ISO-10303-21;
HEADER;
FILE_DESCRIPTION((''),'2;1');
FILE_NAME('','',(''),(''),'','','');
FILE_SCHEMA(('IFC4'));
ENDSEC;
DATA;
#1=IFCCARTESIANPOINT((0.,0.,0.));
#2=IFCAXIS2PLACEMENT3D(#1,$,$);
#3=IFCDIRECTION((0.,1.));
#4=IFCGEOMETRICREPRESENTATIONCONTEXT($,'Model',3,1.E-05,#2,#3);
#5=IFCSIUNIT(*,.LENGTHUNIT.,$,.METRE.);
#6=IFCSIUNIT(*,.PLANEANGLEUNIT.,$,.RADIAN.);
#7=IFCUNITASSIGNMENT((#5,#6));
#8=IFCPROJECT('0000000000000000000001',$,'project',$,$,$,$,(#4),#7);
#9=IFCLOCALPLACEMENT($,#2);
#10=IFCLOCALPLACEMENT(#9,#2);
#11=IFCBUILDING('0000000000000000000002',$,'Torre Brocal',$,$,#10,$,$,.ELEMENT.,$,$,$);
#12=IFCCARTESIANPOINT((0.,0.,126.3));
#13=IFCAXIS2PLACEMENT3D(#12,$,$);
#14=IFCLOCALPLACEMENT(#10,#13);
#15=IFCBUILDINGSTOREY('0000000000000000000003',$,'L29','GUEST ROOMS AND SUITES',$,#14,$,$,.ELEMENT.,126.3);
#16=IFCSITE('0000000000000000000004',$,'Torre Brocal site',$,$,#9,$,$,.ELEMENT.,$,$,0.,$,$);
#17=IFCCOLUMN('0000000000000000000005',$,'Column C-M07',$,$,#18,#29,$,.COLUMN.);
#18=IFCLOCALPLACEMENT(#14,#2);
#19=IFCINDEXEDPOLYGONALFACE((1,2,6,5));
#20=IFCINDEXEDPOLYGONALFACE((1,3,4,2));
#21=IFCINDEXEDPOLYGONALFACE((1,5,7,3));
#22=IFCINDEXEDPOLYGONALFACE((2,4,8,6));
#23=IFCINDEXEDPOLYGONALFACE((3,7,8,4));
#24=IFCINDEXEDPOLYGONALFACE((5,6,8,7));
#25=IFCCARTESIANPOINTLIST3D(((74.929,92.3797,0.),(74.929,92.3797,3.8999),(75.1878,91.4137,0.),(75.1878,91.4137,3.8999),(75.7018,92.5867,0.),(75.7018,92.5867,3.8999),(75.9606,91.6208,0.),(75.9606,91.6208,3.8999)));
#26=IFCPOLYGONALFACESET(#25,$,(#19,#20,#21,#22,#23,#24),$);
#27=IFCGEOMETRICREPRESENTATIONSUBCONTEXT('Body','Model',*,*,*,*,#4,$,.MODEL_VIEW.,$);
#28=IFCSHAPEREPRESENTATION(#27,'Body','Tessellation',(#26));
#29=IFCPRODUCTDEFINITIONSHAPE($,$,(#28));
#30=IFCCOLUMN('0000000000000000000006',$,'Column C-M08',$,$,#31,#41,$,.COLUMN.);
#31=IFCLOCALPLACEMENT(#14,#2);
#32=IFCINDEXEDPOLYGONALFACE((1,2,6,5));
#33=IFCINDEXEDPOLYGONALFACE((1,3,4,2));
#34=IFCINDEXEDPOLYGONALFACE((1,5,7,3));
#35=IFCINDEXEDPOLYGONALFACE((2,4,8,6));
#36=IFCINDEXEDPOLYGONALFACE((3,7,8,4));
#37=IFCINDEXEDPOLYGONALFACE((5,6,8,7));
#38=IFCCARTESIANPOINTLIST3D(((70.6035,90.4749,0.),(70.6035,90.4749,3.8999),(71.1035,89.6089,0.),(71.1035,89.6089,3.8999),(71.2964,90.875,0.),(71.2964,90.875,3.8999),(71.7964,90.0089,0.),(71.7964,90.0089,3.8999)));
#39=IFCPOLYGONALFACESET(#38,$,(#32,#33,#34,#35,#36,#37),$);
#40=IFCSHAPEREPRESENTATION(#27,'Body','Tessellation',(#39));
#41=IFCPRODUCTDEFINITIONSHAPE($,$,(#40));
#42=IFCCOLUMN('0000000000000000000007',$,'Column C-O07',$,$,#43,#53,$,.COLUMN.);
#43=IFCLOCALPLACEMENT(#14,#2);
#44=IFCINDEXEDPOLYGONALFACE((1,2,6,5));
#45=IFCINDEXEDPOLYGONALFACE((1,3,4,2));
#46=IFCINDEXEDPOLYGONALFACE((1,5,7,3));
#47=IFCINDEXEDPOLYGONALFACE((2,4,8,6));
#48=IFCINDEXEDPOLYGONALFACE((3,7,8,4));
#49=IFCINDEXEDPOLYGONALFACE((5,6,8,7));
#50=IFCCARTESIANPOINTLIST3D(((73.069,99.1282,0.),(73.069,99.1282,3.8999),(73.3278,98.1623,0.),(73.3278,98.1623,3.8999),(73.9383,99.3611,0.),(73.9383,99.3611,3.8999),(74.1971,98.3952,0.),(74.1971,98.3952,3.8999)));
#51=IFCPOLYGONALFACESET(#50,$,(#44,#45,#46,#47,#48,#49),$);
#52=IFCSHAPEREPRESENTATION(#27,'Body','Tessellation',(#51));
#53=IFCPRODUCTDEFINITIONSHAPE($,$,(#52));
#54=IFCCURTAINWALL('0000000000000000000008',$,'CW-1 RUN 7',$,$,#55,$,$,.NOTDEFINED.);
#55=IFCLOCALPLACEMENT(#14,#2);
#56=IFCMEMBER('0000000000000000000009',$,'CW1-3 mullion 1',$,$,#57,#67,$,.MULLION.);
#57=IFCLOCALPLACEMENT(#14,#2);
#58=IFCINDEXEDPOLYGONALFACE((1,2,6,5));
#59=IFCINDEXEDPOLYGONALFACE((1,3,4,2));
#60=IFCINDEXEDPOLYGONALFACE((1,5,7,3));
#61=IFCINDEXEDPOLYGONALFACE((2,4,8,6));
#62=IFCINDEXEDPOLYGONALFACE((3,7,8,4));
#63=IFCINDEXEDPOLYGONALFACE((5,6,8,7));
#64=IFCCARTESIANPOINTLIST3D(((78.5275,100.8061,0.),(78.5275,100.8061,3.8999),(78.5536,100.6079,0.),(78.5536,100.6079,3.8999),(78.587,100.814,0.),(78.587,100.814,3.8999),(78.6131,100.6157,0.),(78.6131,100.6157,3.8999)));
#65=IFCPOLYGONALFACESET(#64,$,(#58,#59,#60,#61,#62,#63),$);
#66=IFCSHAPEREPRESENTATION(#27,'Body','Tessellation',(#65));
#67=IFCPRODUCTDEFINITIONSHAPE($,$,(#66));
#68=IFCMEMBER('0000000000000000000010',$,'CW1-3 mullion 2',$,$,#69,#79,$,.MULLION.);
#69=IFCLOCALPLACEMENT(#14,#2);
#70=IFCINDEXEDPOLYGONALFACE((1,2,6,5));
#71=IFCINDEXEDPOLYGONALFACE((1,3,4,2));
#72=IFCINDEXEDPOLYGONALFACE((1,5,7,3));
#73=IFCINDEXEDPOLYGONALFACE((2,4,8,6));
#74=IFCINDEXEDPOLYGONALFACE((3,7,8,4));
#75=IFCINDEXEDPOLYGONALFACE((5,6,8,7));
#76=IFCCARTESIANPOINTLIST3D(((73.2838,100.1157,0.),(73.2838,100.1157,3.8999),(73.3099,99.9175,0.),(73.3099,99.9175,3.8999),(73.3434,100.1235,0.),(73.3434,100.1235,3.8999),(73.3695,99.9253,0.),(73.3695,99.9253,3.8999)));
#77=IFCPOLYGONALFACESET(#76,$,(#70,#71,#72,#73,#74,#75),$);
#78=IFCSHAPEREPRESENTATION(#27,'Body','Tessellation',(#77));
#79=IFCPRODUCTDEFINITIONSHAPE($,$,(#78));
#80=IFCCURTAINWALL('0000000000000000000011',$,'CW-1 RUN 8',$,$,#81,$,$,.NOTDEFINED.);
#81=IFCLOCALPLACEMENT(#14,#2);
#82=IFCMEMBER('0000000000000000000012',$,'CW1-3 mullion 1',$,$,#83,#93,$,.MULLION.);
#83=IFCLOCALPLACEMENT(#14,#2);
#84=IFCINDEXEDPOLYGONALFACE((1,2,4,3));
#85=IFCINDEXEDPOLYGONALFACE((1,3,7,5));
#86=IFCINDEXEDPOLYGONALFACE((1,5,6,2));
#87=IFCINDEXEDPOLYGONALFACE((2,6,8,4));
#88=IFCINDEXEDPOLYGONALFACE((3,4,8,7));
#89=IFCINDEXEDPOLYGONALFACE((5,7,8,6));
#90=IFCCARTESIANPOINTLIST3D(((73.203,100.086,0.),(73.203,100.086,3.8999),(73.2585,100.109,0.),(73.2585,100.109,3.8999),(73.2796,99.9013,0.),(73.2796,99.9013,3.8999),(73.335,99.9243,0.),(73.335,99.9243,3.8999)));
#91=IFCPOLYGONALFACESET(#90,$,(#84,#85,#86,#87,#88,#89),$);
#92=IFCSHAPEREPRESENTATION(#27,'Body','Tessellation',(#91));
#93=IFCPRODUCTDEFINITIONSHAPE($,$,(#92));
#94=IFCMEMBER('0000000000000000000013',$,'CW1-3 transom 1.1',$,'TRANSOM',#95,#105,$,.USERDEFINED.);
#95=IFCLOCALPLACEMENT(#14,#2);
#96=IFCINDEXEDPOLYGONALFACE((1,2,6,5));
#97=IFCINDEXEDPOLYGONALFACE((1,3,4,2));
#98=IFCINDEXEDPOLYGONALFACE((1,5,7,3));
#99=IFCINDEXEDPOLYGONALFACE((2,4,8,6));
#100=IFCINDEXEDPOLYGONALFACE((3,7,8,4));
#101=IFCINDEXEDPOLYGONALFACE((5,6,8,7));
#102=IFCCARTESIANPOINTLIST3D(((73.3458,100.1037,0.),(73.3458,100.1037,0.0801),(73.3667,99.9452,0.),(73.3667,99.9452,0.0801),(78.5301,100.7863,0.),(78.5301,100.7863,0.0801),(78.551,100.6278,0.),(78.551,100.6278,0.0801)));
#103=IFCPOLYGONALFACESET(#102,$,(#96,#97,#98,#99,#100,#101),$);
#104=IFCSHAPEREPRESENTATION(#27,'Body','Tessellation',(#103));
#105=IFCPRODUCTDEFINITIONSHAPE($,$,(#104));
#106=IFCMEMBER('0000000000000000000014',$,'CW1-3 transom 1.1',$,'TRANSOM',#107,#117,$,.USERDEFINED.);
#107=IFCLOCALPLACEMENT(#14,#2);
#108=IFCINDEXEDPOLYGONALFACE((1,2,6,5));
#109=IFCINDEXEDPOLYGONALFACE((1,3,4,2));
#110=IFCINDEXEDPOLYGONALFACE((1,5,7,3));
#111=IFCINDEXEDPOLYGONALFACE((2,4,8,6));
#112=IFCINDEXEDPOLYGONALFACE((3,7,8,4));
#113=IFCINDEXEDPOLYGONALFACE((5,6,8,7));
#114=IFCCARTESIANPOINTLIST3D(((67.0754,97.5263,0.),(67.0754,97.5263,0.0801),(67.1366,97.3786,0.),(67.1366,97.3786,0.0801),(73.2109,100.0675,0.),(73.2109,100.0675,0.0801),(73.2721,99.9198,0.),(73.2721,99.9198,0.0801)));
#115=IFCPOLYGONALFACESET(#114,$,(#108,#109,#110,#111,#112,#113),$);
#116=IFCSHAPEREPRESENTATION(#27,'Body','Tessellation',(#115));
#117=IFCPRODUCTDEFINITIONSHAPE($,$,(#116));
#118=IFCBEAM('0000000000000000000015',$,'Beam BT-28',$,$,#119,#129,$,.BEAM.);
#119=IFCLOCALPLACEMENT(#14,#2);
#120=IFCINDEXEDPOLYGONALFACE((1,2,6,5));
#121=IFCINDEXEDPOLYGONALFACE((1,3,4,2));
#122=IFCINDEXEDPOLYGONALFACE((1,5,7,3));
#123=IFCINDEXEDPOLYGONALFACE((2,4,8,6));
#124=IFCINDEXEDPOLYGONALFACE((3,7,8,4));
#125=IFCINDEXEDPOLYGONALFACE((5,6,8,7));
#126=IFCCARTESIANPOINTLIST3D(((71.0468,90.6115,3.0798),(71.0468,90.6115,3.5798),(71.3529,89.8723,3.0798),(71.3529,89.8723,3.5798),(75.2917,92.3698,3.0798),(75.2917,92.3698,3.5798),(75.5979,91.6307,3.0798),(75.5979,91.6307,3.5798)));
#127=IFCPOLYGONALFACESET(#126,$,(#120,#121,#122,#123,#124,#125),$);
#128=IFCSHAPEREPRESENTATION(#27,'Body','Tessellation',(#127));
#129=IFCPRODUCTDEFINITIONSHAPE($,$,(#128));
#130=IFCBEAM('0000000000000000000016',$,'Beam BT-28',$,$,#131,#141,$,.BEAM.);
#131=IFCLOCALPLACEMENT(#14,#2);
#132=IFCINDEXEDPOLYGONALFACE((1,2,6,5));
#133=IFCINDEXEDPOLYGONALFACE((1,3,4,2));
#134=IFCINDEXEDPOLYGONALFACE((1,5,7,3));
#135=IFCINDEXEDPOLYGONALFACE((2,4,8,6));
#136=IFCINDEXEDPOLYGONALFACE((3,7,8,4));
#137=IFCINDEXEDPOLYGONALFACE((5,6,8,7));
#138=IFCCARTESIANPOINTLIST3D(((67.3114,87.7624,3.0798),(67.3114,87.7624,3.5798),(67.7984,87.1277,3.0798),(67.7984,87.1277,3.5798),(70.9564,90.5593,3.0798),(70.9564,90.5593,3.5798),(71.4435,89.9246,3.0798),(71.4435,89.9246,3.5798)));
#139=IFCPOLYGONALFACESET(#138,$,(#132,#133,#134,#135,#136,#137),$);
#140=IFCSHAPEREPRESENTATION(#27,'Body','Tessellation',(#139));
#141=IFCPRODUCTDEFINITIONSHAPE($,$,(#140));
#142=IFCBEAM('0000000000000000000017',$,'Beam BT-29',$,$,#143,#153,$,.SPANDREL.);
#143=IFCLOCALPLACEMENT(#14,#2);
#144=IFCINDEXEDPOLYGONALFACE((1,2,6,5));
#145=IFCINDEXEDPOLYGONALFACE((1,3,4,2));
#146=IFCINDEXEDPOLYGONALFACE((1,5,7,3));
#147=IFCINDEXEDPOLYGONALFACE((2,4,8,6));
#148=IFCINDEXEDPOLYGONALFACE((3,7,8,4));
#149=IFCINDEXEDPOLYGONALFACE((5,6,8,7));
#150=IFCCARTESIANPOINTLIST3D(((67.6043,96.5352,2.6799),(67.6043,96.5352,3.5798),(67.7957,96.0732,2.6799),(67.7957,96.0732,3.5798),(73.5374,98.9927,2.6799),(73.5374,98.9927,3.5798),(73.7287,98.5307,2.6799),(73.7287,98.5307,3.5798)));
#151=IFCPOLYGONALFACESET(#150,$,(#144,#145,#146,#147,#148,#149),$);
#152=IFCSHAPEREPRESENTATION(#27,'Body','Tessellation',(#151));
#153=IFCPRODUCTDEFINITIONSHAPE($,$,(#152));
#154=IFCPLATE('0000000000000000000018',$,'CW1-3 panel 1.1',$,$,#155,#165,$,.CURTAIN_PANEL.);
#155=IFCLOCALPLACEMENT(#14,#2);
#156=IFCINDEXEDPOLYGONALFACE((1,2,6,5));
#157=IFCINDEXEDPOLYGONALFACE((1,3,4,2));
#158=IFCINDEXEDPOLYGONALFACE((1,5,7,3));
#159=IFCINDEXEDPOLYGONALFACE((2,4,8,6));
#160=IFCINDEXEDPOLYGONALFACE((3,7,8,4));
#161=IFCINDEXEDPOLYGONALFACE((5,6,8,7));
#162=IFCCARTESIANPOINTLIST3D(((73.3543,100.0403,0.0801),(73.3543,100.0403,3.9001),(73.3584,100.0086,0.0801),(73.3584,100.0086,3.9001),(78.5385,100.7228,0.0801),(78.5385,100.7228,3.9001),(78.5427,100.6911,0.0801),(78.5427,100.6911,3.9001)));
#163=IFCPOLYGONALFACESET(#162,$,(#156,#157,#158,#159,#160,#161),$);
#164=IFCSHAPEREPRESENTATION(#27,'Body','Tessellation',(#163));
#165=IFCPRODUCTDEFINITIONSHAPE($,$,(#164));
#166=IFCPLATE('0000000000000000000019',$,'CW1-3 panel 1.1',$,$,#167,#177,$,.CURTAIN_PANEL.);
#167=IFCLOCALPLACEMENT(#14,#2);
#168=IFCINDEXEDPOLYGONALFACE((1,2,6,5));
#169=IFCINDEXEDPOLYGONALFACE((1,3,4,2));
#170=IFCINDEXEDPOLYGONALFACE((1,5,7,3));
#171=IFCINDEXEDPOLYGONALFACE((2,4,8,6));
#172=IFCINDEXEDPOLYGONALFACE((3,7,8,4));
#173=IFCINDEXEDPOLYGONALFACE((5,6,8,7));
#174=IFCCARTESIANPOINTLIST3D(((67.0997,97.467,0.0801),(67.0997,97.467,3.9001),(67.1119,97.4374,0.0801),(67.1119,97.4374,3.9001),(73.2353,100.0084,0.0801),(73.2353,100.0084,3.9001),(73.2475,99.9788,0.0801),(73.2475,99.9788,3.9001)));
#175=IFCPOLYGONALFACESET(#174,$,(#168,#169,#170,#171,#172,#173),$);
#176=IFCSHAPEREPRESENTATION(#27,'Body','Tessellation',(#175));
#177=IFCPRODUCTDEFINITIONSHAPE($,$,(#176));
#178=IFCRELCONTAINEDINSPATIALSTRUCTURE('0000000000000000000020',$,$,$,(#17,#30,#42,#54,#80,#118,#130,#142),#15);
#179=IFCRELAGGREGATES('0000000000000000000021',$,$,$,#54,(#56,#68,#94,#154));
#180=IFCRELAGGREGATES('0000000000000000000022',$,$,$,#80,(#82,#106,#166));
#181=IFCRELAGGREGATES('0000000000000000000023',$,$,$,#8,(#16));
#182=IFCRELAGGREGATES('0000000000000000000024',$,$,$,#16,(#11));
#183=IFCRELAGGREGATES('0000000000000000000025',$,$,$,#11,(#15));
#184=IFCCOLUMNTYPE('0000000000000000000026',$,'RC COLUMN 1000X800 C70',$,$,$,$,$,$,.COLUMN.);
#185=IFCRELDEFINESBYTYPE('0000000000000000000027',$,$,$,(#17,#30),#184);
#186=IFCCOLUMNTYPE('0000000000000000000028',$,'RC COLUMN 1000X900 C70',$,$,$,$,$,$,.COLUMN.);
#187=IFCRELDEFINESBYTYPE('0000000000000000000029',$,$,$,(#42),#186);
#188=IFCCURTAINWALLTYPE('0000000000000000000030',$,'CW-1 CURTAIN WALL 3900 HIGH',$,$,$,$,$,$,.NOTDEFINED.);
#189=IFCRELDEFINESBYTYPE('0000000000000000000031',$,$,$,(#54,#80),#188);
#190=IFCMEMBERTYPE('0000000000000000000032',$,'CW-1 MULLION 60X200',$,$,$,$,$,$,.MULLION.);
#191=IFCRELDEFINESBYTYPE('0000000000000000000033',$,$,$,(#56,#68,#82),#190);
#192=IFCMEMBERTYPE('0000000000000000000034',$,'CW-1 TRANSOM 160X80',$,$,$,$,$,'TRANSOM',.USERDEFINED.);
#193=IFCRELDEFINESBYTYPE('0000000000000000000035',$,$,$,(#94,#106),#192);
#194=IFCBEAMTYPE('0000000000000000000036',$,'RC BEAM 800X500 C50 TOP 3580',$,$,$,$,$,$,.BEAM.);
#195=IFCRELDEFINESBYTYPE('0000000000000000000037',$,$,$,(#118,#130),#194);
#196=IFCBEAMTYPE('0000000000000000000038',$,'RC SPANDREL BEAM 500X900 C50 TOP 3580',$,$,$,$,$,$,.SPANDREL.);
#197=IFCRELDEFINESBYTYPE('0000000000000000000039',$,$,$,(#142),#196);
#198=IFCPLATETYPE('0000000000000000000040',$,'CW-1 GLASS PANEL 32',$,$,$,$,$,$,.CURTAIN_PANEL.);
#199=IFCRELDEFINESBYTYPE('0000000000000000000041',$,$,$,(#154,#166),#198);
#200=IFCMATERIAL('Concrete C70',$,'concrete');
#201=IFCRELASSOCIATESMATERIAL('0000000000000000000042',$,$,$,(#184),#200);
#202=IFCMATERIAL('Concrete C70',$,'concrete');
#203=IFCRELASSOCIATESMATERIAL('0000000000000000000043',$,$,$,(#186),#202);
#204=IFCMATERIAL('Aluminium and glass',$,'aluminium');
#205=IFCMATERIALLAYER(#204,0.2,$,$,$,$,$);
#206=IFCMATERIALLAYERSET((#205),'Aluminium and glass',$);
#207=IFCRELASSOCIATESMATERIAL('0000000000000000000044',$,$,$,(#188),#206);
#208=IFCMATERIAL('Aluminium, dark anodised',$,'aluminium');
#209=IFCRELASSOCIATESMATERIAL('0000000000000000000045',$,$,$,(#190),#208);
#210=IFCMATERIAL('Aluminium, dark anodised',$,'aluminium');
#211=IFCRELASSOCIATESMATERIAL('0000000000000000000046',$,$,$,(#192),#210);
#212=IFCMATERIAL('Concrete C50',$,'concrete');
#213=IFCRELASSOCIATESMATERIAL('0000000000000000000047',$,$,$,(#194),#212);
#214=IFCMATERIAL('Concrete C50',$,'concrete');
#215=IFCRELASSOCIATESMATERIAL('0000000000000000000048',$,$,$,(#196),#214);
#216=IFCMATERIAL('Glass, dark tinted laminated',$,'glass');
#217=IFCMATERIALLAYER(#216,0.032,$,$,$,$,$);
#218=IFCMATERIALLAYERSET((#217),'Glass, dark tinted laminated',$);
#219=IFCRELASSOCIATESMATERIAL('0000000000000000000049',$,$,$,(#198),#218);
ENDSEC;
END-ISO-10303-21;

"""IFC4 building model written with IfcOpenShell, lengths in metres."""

from ifc_helpers import new_model, si_unit, direction, frame, origin, origin_2d, place, context, subcontext, project, spatial, rectangle, extrude, material, layer, layer_set, material_profile, profile_set, type_object, element, aggregate, save


model = new_model("IFC4")

# Units and contexts
model_context = context("Model", 3, precision=1e-05, world=origin(), true_north=direction((0.0, 1.0)))
body_context = subcontext(model_context, "Body", "Model", "MODEL_VIEW")
ifc_project = project(units=[si_unit("LENGTHUNIT", "METRE"), si_unit("PLANEANGLEUNIT", "RADIAN")], contexts=[model_context])

# Site, building, storey
site_placement = place(None, origin())
site = spatial("IfcSite", under=ifc_project, at=site_placement, Name="Torre Brocal site", CompositionType="ELEMENT", RefElevation=0.0)
building_placement = place(site_placement, origin())
building = spatial("IfcBuilding", under=site, at=building_placement, Name="Torre Brocal", CompositionType="ELEMENT")
storey_placement = place(building_placement, frame((0.0, 0.0, 126.3)))
storey = spatial("IfcBuildingStorey", under=building, at=storey_placement, Name="L29", Description="GUEST ROOMS AND SUITES", CompositionType="ELEMENT", Elevation=126.3)

# Columns
ifc_material_1 = material(Name="Concrete C70", Category="concrete")
ifc_material_profile_1 = material_profile(ifc_material_1, rectangle(XDim=1.0, YDim=0.8, at=origin_2d()), Name="RC 1000X800")
ifc_profile_set_1 = profile_set([ifc_material_profile_1], Name="Concrete C70")
column_type_1 = type_object("IfcColumnType", Name="RC COLUMN 1000X800 C70", PredefinedType="COLUMN", material=ifc_profile_set_1)
for number, where, z_axis, x_axis, name in (
    (1, (75.4448, 92.0002, 0.0), (0.0, 0.0, 1.0), (-0.258819, 0.965926, 0.0), "Column C-M07"),
    (2, (71.2, 90.2419, 0.0), (0.0, 0.0, 1.0), (-0.5, 0.866025, 0.0), "Column C-M08"),
):
    element("IfcColumn", number, at=place(storey_placement, frame(where, z_axis=z_axis, x_axis=x_axis)), inside=storey, type_object=column_type_1, Name=name, PredefinedType="COLUMN", context=body_context, shape_type="SweptSolid", body=[
        extrude(rectangle(XDim=1.0, YDim=0.8, at=origin_2d()), origin(), (0.0, 0.0, 1.0), 3.8999),
    ])
ifc_material_2 = material(Name="Concrete C70", Category="concrete")
ifc_material_profile_2 = material_profile(ifc_material_2, rectangle(XDim=1.0, YDim=0.8999, at=origin_2d()), Name="RC 1000X900")
ifc_profile_set_2 = profile_set([ifc_material_profile_2], Name="Concrete C70")
column_type_2 = type_object("IfcColumnType", Name="RC COLUMN 1000X900 C70", PredefinedType="COLUMN", material=ifc_profile_set_2)
column_placement = place(storey_placement, frame((73.6331, 98.7617, 0.0), z_axis=(0.0, 0.0, 1.0), x_axis=(-0.258819, 0.965926, 0.0)))
element("IfcColumn", 3, at=column_placement, inside=storey, type_object=column_type_2, Name="Column C-O07", PredefinedType="COLUMN", context=body_context, shape_type="SweptSolid", body=[
    extrude(rectangle(XDim=1.0, YDim=0.8999, at=origin_2d()), origin(), (0.0, 0.0, 1.0), 3.8999),
])

# Curtain wall, members
ifc_material_3 = material(Name="Aluminium and glass", Category="aluminium")
ifc_layer_1 = layer(ifc_material_3, 0.2)
ifc_layer_set_1 = layer_set([ifc_layer_1], Name="Aluminium and glass")
curtain_wall_type = type_object("IfcCurtainWallType", Name="CW-1 CURTAIN WALL 3900 HIGH", PredefinedType="NOTDEFINED", material=ifc_layer_set_1)
curtain_wall_1_placement = place(storey_placement, origin())
curtain_wall_1 = element("IfcCurtainWall", 4, at=curtain_wall_1_placement, inside=storey, type_object=curtain_wall_type, Name="CW-1 RUN 7", PredefinedType="NOTDEFINED")
ifc_material_4 = material(Name="Aluminium, dark anodised", Category="aluminium")
ifc_material_profile_3 = material_profile(ifc_material_4, rectangle(XDim=0.2, YDim=0.0601, at=origin_2d()), Name="CW-1 MULLION 60X200")
ifc_profile_set_3 = profile_set([ifc_material_profile_3], Name="Aluminium, dark anodised")
member_type_1 = type_object("IfcMemberType", Name="CW-1 MULLION 60X200", PredefinedType="MULLION", material=ifc_profile_set_3)
member_1_placement = place(storey_placement, frame((78.5703, 100.7109, 0.0), z_axis=(0.0, 0.0, 1.0), x_axis=(0.130526, -0.991445, 0.0)))
member_1 = element("IfcMember", 5, at=member_1_placement, type_object=member_type_1, Name="CW1-3 mullion 1", PredefinedType="MULLION", context=body_context, shape_type="SweptSolid", body=[
    extrude(rectangle(XDim=0.2, YDim=0.0601, at=origin_2d()), origin(), (0.0, 0.0, 1.0), 3.8999),
])
member_2_placement = place(storey_placement, frame((73.3267, 100.0205, 0.0), z_axis=(0.0, 0.0, 1.0), x_axis=(0.130526, -0.991445, 0.0)))
member_2 = element("IfcMember", 6, at=member_2_placement, type_object=member_type_1, Name="CW1-3 mullion 2", PredefinedType="MULLION", context=body_context, shape_type="SweptSolid", body=[
    extrude(rectangle(XDim=0.2, YDim=0.0601, at=origin_2d()), origin(), (0.0, 0.0, 1.0), 3.8999),
])

# Curtain wall, member
curtain_wall_2_placement = place(storey_placement, origin())
curtain_wall_2 = element("IfcCurtainWall", 7, at=curtain_wall_2_placement, inside=storey, type_object=curtain_wall_type, Name="CW-1 RUN 8", PredefinedType="NOTDEFINED")
member_3_placement = place(storey_placement, frame((73.269, 100.0051, 0.0), z_axis=(0.0, 0.0, 1.0), x_axis=(0.382683, -0.92388, 0.0)))
member_3 = element("IfcMember", 8, at=member_3_placement, type_object=member_type_1, Name="CW1-3 mullion 1", PredefinedType="MULLION", context=body_context, shape_type="SweptSolid", body=[
    extrude(rectangle(XDim=0.2, YDim=0.0601, at=origin_2d()), origin(), (0.0, 0.0, 1.0), 3.8999),
])

# Members
ifc_material_5 = material(Name="Aluminium, dark anodised", Category="aluminium")
ifc_material_profile_4 = material_profile(ifc_material_5, rectangle(XDim=0.1599, YDim=0.0801, at=origin_2d()), Name="CW-1 TRANSOM 160X80")
ifc_profile_set_4 = profile_set([ifc_material_profile_4], Name="Aluminium, dark anodised")
member_type_2 = type_object("IfcMemberType", Name="CW-1 TRANSOM 160X80", ElementType="TRANSOM", PredefinedType="USERDEFINED", material=ifc_profile_set_4)
member_4_placement = place(storey_placement, frame((78.5405, 100.707, 0.04), z_axis=(-0.991443, -0.130543, 0.0), x_axis=(0.130543, -0.991443, 0.0)))
member_4 = element("IfcMember", 9, at=member_4_placement, type_object=member_type_2, Name="CW1-3 transom 1.1", ObjectType="TRANSOM", PredefinedType="USERDEFINED", context=body_context, shape_type="SweptSolid", body=[
    extrude(rectangle(XDim=0.1599, YDim=0.0801, at=origin_2d()), origin(), (0.0, 0.0, 1.0), 5.229),
])
member_5_placement = place(storey_placement, frame((73.2415, 99.9937, 0.04), z_axis=(-0.923887, -0.382665, 0.0), x_axis=(0.382665, -0.923887, 0.0)))
member_5 = element("IfcMember", 10, at=member_5_placement, type_object=member_type_2, Name="CW1-3 transom 1.1", ObjectType="TRANSOM", PredefinedType="USERDEFINED", context=body_context, shape_type="SweptSolid", body=[
    extrude(rectangle(XDim=0.1599, YDim=0.0801, at=origin_2d()), origin(), (0.0, 0.0, 1.0), 6.6409),
])

# Beams
ifc_material_6 = material(Name="Concrete C50", Category="concrete")
ifc_material_profile_5 = material_profile(ifc_material_6, rectangle(XDim=0.8, YDim=0.5, at=origin_2d()), Name="RC 800X500")
ifc_profile_set_5 = profile_set([ifc_material_profile_5], Name="Concrete C50")
beam_type_1 = type_object("IfcBeamType", Name="RC BEAM 800X500 C50 TOP 3580", PredefinedType="BEAM", material=ifc_profile_set_5)
beam_1_placement = place(storey_placement, frame((75.4448, 92.0002, 3.3298), z_axis=(-0.923878, -0.382687, 0.0), x_axis=(0.382687, -0.923878, 0.0)))
element("IfcBeam", 11, at=beam_1_placement, inside=storey, type_object=beam_type_1, Name="Beam BT-28", PredefinedType="BEAM", context=body_context, shape_type="SweptSolid", body=[
    extrude(rectangle(XDim=0.8, YDim=0.5, at=origin_2d()), origin(), (0.0, 0.0, 1.0), 4.5947),
])
beam_2_placement = place(storey_placement, frame((71.2, 90.2419, 3.3298), z_axis=(-0.793358, -0.608755, 0.0), x_axis=(0.608755, -0.793358, 0.0)))
element("IfcBeam", 12, at=beam_2_placement, inside=storey, type_object=beam_type_1, Name="Beam BT-28", PredefinedType="BEAM", context=body_context, shape_type="SweptSolid", body=[
    extrude(rectangle(XDim=0.8, YDim=0.5, at=origin_2d()), origin(), (0.0, 0.0, 1.0), 4.5945),
])
ifc_material_7 = material(Name="Concrete C50", Category="concrete")
ifc_material_profile_6 = material_profile(ifc_material_7, rectangle(XDim=0.5, YDim=0.8999, at=origin_2d()), Name="RC 500X900")
ifc_profile_set_6 = profile_set([ifc_material_profile_6], Name="Concrete C50")
beam_type_2 = type_object("IfcBeamType", Name="RC SPANDREL BEAM 500X900 C50 TOP 3580", PredefinedType="SPANDREL", material=ifc_profile_set_6)
beam_3_placement = place(storey_placement, frame((73.6331, 98.7617, 3.1299), z_axis=(-0.923882, -0.382676, 0.0), x_axis=(0.382676, -0.923882, 0.0)))
element("IfcBeam", 13, at=beam_3_placement, inside=storey, type_object=beam_type_2, Name="Beam BT-29", PredefinedType="SPANDREL", context=body_context, shape_type="SweptSolid", body=[
    extrude(rectangle(XDim=0.5, YDim=0.8999, at=origin_2d()), origin(), (0.0, 0.0, 1.0), 6.4219),
])

# Plates
ifc_material_8 = material(Name="Glass, dark tinted laminated", Category="glass")
ifc_layer_2 = layer(ifc_material_8, 0.032)
ifc_layer_set_2 = layer_set([ifc_layer_2], Name="Glass, dark tinted laminated")
plate_type = type_object("IfcPlateType", Name="CW-1 GLASS PANEL 32", PredefinedType="CURTAIN_PANEL", material=ifc_layer_set_2)
plate_1_placement = place(storey_placement, frame((75.9485, 100.3657, 0.0801), z_axis=(0.0, 0.0, 1.0), x_axis=(-0.991445, -0.130526, 0.0)))
plate_1 = element("IfcPlate", 14, at=plate_1_placement, type_object=plate_type, Name="CW1-3 panel 1.1", PredefinedType="CURTAIN_PANEL", context=body_context, shape_type="SweptSolid", body=[
    extrude(rectangle(XDim=5.229, YDim=0.032, at=origin_2d()), origin(), (0.0, 0.0, 1.0), 3.8201),
])
aggregate(curtain_wall_1, [member_1, member_2, member_4, plate_1])
plate_2_placement = place(storey_placement, frame((70.1736, 98.7229, 0.0801), z_axis=(0.0, 0.0, 1.0), x_axis=(-0.92388, -0.382683, 0.0)))
plate_2 = element("IfcPlate", 15, at=plate_2_placement, type_object=plate_type, Name="CW1-3 panel 1.1", PredefinedType="CURTAIN_PANEL", context=body_context, shape_type="SweptSolid", body=[
    extrude(rectangle(XDim=6.6411, YDim=0.032, at=origin_2d()), origin(), (0.0, 0.0, 1.0), 3.8201),
])
aggregate(curtain_wall_2, [member_3, member_5, plate_2])

save(model, "model.ifc")
